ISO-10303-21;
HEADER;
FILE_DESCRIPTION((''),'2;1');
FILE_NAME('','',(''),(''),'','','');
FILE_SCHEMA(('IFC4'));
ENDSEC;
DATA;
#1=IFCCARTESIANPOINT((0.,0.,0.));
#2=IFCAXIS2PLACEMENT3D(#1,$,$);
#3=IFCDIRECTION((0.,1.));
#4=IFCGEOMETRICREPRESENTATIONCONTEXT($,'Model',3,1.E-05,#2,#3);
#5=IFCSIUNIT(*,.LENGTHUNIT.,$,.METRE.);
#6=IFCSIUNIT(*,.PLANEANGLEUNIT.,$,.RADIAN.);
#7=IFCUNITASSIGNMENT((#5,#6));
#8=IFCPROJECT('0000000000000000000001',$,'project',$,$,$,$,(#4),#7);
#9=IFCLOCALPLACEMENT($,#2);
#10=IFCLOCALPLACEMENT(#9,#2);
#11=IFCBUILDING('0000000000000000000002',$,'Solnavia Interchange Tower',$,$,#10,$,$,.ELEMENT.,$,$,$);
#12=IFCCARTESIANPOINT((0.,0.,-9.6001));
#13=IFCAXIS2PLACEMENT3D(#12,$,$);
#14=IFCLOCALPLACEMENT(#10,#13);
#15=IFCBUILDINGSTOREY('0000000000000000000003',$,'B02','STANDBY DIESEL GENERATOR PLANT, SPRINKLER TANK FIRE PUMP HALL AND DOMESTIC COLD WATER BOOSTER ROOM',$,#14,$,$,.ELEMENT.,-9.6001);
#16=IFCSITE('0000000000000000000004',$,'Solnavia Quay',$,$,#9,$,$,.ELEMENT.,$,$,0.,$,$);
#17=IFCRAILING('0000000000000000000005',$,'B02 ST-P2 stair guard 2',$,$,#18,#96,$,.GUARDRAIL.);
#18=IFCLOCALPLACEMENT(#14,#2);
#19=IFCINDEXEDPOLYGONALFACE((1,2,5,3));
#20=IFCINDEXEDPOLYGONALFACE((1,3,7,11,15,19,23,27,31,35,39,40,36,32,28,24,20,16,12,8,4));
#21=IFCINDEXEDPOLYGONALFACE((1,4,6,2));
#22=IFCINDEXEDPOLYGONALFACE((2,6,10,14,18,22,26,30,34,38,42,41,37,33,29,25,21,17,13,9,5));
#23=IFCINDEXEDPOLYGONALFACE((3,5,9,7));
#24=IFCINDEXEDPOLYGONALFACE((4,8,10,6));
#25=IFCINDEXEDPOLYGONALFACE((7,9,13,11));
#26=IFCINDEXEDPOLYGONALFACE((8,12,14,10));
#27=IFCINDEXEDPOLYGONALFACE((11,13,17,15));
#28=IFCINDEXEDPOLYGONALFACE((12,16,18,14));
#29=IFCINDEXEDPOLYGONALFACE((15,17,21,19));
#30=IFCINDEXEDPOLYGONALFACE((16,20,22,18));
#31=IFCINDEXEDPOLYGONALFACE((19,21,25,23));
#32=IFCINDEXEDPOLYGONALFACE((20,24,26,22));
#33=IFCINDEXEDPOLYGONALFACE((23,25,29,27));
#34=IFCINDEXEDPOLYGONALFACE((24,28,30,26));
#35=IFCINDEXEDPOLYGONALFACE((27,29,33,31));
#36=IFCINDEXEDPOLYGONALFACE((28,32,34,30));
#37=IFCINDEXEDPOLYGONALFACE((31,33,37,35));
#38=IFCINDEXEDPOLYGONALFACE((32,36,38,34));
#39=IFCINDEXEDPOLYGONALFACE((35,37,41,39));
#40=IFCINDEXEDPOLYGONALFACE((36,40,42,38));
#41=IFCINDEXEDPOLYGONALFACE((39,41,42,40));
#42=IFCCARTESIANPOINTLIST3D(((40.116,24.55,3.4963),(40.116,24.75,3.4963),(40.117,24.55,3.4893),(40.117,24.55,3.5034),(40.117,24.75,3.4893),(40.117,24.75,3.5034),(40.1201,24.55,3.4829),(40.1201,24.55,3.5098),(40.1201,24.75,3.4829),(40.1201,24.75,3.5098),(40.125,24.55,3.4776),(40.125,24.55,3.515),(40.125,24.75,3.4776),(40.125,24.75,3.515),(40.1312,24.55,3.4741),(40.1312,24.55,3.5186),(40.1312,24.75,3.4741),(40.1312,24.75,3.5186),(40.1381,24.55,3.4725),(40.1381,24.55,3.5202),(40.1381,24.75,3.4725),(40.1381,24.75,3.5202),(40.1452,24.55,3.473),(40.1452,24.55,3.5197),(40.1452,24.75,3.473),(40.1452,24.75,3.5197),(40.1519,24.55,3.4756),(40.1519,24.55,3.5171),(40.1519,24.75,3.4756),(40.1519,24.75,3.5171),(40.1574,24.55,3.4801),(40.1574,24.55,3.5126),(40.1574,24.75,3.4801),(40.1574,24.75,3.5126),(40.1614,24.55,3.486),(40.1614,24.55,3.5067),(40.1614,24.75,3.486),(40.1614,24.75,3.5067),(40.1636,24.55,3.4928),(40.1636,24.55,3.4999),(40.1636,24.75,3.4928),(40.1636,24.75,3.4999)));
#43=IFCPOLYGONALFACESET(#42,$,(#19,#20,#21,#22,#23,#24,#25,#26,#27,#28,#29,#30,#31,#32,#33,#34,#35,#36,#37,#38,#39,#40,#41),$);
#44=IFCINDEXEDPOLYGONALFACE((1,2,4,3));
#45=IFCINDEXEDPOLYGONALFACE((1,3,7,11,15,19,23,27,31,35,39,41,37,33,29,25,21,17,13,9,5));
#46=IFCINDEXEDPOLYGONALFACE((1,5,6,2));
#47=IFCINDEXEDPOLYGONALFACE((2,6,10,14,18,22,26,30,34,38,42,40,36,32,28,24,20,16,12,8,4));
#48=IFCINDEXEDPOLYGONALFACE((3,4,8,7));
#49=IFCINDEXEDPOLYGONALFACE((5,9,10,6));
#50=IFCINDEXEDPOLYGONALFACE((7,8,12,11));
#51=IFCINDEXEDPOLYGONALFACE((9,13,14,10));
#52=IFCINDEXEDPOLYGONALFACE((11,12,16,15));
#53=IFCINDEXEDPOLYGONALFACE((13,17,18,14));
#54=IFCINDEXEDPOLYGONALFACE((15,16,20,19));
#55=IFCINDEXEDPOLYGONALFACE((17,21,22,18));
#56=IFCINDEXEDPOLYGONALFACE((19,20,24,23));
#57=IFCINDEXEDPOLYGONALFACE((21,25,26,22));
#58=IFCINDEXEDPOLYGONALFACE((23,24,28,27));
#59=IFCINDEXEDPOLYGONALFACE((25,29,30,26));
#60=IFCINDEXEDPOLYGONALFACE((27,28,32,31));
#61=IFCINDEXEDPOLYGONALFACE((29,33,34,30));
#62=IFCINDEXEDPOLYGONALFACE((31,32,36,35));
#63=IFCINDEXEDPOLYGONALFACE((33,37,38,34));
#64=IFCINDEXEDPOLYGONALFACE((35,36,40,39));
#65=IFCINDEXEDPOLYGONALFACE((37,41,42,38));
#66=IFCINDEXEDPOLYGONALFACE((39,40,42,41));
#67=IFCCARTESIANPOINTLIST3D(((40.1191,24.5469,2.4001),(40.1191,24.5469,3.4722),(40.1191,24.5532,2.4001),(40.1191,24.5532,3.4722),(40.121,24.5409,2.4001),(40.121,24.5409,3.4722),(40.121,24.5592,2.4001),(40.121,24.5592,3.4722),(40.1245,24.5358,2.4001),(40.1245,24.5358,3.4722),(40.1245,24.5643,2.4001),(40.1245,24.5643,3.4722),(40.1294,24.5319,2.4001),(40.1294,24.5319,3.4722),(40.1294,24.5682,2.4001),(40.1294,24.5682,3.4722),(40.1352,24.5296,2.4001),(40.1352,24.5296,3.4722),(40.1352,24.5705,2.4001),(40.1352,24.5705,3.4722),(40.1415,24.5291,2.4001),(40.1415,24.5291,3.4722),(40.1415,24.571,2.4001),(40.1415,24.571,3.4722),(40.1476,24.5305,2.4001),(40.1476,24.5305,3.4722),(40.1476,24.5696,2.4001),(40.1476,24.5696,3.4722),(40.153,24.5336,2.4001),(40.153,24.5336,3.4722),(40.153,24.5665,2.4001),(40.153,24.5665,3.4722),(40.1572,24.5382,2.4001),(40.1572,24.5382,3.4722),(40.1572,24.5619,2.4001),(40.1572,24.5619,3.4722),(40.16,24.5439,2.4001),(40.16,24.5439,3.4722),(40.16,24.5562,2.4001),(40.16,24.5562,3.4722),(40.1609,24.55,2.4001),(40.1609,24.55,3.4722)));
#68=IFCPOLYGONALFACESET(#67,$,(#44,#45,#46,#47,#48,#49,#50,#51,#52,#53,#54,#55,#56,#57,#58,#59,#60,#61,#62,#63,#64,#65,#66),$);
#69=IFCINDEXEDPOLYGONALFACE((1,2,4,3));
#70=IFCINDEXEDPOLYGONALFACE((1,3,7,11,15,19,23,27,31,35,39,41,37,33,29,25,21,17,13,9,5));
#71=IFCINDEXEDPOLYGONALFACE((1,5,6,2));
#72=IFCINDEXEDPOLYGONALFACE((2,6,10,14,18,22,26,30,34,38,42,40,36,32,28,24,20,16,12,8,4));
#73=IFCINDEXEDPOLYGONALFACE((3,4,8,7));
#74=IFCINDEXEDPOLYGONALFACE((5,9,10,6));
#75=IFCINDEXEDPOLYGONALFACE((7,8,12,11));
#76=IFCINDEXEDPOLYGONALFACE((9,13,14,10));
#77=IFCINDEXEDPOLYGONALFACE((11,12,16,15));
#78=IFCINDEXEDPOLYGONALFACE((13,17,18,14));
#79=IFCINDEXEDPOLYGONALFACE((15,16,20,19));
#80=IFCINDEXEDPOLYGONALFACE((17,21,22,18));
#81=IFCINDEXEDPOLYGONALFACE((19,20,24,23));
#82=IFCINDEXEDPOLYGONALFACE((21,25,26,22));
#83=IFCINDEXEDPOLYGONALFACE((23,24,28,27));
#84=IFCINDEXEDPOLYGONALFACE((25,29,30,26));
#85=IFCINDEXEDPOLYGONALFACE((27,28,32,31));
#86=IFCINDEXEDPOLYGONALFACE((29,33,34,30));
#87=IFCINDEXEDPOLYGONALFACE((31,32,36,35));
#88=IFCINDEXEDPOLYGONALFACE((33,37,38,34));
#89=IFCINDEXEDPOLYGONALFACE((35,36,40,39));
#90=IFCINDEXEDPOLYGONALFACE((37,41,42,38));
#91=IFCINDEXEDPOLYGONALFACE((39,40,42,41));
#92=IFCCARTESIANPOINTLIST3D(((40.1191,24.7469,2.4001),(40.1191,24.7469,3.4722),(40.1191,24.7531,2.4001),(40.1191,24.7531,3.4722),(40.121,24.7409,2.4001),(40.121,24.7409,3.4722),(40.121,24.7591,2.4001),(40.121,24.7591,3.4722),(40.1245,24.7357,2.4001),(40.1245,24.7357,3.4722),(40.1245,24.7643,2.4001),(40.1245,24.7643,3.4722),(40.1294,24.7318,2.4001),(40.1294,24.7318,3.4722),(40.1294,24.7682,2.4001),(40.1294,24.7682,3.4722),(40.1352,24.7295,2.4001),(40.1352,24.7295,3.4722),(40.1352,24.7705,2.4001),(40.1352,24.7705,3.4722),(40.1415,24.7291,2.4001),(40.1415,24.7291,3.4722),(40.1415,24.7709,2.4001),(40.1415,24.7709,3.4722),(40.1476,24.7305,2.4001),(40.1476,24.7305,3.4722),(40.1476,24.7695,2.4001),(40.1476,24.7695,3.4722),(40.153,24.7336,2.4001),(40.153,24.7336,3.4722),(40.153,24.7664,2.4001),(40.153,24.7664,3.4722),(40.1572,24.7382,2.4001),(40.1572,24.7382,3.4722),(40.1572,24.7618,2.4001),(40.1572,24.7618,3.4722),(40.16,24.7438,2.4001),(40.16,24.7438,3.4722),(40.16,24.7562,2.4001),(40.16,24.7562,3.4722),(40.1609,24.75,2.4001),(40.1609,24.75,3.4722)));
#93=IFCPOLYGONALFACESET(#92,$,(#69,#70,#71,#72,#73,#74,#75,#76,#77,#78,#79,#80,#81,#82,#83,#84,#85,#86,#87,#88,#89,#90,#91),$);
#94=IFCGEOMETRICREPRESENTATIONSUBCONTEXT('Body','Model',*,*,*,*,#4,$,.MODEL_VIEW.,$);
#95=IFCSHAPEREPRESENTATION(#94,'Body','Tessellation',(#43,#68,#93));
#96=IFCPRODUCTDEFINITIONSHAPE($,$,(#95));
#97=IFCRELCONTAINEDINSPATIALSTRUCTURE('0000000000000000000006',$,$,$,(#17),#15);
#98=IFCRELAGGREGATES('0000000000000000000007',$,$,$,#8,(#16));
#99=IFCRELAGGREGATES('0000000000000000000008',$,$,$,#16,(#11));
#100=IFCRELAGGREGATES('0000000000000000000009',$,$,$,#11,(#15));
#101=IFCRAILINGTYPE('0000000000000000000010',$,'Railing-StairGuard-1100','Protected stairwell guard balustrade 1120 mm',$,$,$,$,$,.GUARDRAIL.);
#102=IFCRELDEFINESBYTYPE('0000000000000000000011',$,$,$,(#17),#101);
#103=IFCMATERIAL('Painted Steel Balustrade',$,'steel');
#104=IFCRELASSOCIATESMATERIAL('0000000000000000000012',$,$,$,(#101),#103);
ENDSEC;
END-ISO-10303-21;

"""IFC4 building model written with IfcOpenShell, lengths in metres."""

from ifc_helpers import new_model, si_unit, direction, frame, origin, origin_2d, place, context, subcontext, project, spatial, circle, extrude, material, type_object, element, save


model = new_model("IFC4")

# Units and contexts
model_context = context("Model", 3, precision=1e-05, world=origin(), true_north=direction((0.0, 1.0)))
body_context = subcontext(model_context, "Body", "Model", "MODEL_VIEW")
ifc_project = project(units=[si_unit("LENGTHUNIT", "METRE"), si_unit("PLANEANGLEUNIT", "RADIAN")], contexts=[model_context])

# Site, building, storey
site_placement = place(None, origin())
site = spatial("IfcSite", under=ifc_project, at=site_placement, Name="Solnavia Quay", CompositionType="ELEMENT", RefElevation=0.0)
building_placement = place(site_placement, origin())
building = spatial("IfcBuilding", under=site, at=building_placement, Name="Solnavia Interchange Tower", CompositionType="ELEMENT")
storey_placement = place(building_placement, frame((0.0, 0.0, -9.6001)))
storey = spatial("IfcBuildingStorey", under=building, at=storey_placement, Name="B02", Description="STANDBY DIESEL GENERATOR PLANT, SPRINKLER TANK FIRE PUMP HALL AND DOMESTIC COLD WATER BOOSTER ROOM", CompositionType="ELEMENT", Elevation=-9.6001)

# Railing
ifc_material_1 = material(Name="Painted Steel Balustrade", Category="steel")
railing_type_1 = type_object("IfcRailingType", Name="Railing-StairGuard-1100", Description="Protected stairwell guard balustrade 1120 mm", PredefinedType="GUARDRAIL", material=ifc_material_1)
railing_1_placement = place(storey_placement, frame((40.1399, 24.55, 2.4001)))
element("IfcRailing", 1, at=railing_1_placement, inside=storey, type_object=railing_type_1, Name="B02 ST-P2 stair guard 2", PredefinedType="GUARDRAIL", context=body_context, shape_type="SweptSolid", body=[
    extrude(circle(Radius=0.0239, at=origin_2d()), frame((0.0, 0.0, 1.0962), z_axis=(0.0, 1.0, 0.0), x_axis=(-1.0, 0.0, 0.0)), (0.0, 0.0, 1.0), 0.2),
    extrude(circle(Radius=0.021, at=origin_2d()), origin(), (0.0, 0.0, 1.0), 1.072),
    extrude(circle(Radius=0.021, at=origin_2d()), frame((0.0, 0.2, 0.0)), (0.0, 0.0, 1.0), 1.072),
])

save(model, "model.ifc")
